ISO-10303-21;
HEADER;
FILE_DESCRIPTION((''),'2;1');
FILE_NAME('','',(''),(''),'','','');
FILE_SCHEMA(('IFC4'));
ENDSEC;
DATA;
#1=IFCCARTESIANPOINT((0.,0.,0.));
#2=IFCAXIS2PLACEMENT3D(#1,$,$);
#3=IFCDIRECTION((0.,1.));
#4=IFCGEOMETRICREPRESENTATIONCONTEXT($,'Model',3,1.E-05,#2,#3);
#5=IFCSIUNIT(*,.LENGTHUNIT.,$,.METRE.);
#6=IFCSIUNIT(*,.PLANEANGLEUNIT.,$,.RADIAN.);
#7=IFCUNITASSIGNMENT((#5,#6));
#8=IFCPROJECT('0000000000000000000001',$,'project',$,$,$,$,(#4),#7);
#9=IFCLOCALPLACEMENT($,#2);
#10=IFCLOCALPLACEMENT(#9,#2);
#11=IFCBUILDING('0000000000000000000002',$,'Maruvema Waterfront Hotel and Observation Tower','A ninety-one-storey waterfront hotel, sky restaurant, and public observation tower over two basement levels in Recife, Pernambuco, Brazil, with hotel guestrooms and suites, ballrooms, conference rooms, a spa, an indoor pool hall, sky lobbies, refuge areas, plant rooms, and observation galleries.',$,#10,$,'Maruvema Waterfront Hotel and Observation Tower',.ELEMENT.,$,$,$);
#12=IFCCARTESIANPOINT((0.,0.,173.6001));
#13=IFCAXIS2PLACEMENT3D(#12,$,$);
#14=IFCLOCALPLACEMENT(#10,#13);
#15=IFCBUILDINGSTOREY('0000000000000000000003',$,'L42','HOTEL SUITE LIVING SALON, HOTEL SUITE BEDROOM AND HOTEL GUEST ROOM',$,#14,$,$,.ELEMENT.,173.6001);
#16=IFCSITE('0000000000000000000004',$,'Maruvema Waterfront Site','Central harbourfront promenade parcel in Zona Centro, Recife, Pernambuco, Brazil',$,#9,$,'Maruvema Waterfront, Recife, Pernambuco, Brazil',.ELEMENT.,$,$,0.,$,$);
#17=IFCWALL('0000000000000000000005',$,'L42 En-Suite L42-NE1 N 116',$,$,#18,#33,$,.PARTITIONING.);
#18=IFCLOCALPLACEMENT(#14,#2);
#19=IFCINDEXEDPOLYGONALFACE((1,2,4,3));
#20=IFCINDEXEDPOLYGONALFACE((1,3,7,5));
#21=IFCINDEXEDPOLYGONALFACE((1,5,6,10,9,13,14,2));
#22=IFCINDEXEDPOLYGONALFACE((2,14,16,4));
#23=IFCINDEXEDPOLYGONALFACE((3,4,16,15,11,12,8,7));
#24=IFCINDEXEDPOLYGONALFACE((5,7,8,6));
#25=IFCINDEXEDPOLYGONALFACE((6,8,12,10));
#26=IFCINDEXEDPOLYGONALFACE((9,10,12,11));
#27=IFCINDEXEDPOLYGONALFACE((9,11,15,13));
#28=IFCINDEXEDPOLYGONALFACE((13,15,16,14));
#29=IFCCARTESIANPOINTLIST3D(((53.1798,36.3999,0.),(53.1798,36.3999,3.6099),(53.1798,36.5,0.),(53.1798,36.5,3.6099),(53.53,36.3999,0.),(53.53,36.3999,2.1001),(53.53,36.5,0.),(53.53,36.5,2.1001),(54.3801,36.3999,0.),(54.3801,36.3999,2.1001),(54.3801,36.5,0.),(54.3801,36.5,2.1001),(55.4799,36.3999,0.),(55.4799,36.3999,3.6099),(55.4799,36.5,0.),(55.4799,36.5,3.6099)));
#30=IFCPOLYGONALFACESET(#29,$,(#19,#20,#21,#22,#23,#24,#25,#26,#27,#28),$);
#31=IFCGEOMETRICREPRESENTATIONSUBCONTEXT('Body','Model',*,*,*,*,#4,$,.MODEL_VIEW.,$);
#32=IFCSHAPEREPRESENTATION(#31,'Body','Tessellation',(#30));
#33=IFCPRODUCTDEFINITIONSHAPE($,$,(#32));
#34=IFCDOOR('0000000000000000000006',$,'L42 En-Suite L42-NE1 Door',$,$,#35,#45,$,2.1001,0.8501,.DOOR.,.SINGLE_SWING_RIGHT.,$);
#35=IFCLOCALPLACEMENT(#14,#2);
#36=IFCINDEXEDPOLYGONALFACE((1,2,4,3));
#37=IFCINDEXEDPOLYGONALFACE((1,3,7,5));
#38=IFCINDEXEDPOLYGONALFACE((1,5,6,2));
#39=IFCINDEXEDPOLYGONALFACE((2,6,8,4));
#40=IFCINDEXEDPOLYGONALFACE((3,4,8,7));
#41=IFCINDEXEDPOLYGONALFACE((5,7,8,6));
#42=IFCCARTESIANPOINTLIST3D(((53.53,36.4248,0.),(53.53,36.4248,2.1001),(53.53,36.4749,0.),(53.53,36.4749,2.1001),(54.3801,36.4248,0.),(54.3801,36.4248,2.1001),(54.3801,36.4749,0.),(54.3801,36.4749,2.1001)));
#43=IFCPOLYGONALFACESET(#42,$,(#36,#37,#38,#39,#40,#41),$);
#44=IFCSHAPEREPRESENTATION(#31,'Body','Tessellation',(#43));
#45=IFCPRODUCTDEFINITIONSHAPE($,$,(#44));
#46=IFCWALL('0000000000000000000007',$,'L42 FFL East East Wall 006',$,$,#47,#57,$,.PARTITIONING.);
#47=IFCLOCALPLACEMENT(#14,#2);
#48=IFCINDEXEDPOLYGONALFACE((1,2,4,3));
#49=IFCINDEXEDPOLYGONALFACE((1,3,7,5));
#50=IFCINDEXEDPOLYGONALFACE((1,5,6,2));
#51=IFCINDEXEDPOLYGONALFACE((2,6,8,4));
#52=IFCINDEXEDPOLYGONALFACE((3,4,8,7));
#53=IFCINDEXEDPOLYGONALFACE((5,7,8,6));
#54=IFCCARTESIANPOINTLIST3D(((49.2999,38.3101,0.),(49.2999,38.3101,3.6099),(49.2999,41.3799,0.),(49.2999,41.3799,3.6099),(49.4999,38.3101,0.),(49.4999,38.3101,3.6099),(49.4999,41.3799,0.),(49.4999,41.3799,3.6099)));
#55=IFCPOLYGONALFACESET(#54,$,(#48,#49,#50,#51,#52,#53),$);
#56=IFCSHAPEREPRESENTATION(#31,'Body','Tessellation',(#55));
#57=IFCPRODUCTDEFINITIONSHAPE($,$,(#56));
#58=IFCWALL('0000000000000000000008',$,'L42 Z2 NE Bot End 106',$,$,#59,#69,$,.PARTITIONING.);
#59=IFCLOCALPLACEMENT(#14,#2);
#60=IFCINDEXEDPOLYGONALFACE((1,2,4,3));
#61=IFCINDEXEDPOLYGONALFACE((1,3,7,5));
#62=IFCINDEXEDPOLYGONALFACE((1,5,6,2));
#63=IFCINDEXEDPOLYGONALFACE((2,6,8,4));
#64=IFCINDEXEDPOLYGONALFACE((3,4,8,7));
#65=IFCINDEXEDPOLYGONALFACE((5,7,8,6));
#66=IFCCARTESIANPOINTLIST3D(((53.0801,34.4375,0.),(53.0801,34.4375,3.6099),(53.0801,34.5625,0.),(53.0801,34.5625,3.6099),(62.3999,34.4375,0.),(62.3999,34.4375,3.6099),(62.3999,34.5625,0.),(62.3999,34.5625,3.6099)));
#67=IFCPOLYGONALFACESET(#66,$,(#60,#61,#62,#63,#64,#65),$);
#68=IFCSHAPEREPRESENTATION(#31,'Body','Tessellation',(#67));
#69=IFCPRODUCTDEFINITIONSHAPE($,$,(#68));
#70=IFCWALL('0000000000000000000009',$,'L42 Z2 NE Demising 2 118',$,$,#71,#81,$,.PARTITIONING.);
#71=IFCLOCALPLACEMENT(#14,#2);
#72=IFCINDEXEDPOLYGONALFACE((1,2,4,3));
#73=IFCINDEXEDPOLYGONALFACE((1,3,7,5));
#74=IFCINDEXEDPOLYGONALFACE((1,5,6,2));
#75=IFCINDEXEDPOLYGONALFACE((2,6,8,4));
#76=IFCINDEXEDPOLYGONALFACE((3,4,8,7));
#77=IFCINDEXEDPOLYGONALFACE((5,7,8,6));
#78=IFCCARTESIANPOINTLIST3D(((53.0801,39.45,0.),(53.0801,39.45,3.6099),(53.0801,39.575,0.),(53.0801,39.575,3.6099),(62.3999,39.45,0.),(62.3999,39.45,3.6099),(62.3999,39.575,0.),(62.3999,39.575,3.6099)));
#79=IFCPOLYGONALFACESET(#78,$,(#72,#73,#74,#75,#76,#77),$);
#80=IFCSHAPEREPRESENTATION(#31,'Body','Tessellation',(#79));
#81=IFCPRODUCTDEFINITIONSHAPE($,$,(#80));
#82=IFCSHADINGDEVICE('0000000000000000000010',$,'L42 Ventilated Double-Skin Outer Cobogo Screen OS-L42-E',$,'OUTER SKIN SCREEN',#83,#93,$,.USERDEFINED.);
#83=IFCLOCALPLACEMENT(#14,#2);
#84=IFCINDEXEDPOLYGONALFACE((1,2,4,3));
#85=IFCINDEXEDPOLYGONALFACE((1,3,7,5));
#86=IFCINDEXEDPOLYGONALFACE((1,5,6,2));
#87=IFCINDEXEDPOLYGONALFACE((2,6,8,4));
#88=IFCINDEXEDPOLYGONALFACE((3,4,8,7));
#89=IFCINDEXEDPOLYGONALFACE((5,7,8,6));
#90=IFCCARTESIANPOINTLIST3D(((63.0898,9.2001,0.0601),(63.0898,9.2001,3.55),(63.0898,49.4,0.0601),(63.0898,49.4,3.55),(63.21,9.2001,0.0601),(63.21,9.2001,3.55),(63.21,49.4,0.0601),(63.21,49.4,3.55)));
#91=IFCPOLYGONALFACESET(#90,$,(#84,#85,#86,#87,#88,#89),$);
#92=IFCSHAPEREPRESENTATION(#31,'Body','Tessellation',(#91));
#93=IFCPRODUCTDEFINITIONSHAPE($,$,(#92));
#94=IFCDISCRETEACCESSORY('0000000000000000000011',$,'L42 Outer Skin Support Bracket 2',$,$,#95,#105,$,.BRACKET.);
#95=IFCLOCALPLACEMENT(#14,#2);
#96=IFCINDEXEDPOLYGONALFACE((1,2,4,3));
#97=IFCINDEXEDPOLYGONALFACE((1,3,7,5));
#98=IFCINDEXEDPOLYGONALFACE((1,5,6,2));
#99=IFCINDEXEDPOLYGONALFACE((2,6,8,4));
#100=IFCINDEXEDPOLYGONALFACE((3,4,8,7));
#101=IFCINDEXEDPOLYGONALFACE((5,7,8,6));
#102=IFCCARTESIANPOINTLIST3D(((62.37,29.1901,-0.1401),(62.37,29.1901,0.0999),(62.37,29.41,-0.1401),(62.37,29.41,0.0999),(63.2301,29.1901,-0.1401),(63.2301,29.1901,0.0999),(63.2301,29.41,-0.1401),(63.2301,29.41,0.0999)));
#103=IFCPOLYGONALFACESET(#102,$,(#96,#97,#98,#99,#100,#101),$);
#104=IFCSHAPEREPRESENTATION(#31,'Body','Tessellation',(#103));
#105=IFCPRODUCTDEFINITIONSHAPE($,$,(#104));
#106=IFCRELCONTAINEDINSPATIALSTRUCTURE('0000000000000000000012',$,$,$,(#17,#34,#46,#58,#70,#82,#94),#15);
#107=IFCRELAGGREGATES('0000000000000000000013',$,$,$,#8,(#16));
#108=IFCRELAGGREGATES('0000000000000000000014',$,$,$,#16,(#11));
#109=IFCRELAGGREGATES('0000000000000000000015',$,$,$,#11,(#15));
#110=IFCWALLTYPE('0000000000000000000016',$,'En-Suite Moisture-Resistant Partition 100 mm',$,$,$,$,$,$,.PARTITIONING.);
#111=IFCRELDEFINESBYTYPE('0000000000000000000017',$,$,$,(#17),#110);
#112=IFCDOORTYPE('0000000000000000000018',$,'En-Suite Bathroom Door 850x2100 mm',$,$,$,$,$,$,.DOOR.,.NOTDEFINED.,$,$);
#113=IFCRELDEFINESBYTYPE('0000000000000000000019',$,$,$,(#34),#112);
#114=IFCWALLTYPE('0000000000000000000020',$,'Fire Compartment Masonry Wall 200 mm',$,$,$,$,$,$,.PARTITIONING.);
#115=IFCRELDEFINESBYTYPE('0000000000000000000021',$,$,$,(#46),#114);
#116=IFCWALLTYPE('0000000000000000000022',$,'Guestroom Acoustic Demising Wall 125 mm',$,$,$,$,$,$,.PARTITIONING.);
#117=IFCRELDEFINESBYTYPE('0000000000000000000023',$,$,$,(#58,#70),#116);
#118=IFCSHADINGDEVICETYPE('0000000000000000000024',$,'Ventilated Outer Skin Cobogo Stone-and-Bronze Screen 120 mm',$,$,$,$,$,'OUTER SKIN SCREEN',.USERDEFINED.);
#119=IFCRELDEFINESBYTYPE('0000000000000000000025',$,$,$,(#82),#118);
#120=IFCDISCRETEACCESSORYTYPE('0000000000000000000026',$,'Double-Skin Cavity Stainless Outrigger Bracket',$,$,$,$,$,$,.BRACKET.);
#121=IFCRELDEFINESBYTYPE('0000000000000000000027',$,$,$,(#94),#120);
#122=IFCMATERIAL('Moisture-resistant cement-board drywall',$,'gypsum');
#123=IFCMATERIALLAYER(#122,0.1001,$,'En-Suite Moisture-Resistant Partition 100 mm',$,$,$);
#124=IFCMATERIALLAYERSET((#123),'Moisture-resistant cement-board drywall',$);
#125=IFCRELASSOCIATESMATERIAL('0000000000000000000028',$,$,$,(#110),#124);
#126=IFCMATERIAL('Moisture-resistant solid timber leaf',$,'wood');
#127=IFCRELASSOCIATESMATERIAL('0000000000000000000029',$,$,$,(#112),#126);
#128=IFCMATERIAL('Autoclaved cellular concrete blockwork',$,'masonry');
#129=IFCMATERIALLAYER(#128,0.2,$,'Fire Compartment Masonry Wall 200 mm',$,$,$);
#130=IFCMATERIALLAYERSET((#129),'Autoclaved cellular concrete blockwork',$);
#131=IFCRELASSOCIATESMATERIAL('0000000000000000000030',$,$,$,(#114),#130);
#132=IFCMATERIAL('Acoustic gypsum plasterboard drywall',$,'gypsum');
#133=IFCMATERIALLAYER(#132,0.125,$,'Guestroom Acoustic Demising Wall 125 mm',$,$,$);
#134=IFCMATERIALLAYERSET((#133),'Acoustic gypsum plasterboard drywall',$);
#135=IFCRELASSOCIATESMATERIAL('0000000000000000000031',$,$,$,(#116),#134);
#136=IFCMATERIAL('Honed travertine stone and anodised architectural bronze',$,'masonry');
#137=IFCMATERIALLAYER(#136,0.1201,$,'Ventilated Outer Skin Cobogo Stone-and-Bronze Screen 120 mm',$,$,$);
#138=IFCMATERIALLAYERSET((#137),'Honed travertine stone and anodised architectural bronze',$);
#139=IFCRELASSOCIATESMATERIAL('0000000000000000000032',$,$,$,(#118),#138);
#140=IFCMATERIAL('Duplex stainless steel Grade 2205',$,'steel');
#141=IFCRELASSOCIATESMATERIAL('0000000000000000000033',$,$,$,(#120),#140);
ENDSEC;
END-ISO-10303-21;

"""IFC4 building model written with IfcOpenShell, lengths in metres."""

from ifc_helpers import new_model, si_unit, direction, frame, frame_2d, origin, origin_2d, place, context, subcontext, project, spatial, rectangle, extrude, material, layer, layer_set, type_object, element, fill, save


model = new_model("IFC4")

# Units and contexts
model_context = context("Model", 3, precision=1e-05, world=origin(), true_north=direction((0.0, 1.0)))
body_context = subcontext(model_context, "Body", "Model", "MODEL_VIEW")
ifc_project = project(units=[si_unit("LENGTHUNIT", "METRE"), si_unit("PLANEANGLEUNIT", "RADIAN")], contexts=[model_context])

# Site, building, storey
site_placement = place(None, origin())
site = spatial("IfcSite", under=ifc_project, at=site_placement, Name="Maruvema Waterfront Site", Description="Central harbourfront promenade parcel in Zona Centro, Recife, Pernambuco, Brazil", LongName="Maruvema Waterfront, Recife, Pernambuco, Brazil", CompositionType="ELEMENT", RefElevation=0.0)
building_placement = place(site_placement, origin())
building = spatial("IfcBuilding", under=site, at=building_placement, Name="Maruvema Waterfront Hotel and Observation Tower", Description="A ninety-one-storey waterfront hotel, sky restaurant, and public observation tower over two basement levels in Recife, Pernambuco, Brazil, with hotel guestrooms and suites, ballrooms, conference rooms, a spa, an indoor pool hall, sky lobbies, refuge areas, plant rooms, and observation galleries.", LongName="Maruvema Waterfront Hotel and Observation Tower", CompositionType="ELEMENT")
storey_placement = place(building_placement, frame((0.0, 0.0, 173.6001)))
storey = spatial("IfcBuildingStorey", under=building, at=storey_placement, Name="L42", Description="HOTEL SUITE LIVING SALON, HOTEL SUITE BEDROOM AND HOTEL GUEST ROOM", CompositionType="ELEMENT", Elevation=173.6001)

# Shared definitions
ifc_material_1 = material(Name="Moisture-resistant cement-board drywall", Category="gypsum")
ifc_layer_1 = layer(ifc_material_1, 0.1001, Name="En-Suite Moisture-Resistant Partition 100 mm")
ifc_layer_set_1 = layer_set([ifc_layer_1], Name="Moisture-resistant cement-board drywall")
wall_type_1 = type_object("IfcWallType", Name="En-Suite Moisture-Resistant Partition 100 mm", PredefinedType="PARTITIONING", material=ifc_layer_set_1)

# Wall, opening, door
wall_1_placement = place(storey_placement, frame((53.1799, 36.45, 0.0), z_axis=(0.0, 0.0, 1.0), x_axis=(1.0, 0.0, 0.0)))
wall_1 = element("IfcWall", 1, at=wall_1_placement, inside=storey, type_object=wall_type_1, Name="L42 En-Suite L42-NE1 N 116", PredefinedType="PARTITIONING", context=body_context, shape_type="SweptSolid", body=[
    extrude(rectangle(XDim=2.3, YDim=0.1001, at=frame_2d((1.1499, 0.0))), origin(), (0.0, 0.0, 1.0), 3.6099),
])
opening_1_placement = place(wall_1_placement, frame((0.3501, 0.0, 0.0)))
opening_1 = element("IfcOpeningElement", 2, at=opening_1_placement, cuts=wall_1, PredefinedType="OPENING", context=body_context, shape_type="SweptSolid", body=[
    extrude(rectangle(XDim=0.8501, YDim=2.1001, at=frame_2d((0.425, 1.05))), frame((0.0, 0.0601, 0.0), z_axis=(0.0, -1.0, 0.0), x_axis=(1.0, 0.0, 0.0)), (0.0, 0.0, 1.0), 0.1201),
])
ifc_material_2 = material(Name="Moisture-resistant solid timber leaf", Category="wood")
door_type_1 = type_object("IfcDoorType", Name="En-Suite Bathroom Door 850x2100 mm", OperationType="NOTDEFINED", PredefinedType="DOOR", material=ifc_material_2)
door_1_placement = place(opening_1_placement, origin())
door_1 = element("IfcDoor", 3, at=door_1_placement, inside=storey, type_object=door_type_1, Name="L42 En-Suite L42-NE1 Door", OperationType="SINGLE_SWING_RIGHT", OverallHeight=2.1001, OverallWidth=0.8501, PredefinedType="DOOR", context=body_context, shape_type="SweptSolid", body=[
    extrude(rectangle(XDim=0.8501, YDim=2.1001, at=frame_2d((0.425, 1.05))), frame((0.0, 0.0249, 0.0), z_axis=(0.0, -1.0, 0.0), x_axis=(1.0, 0.0, 0.0)), (0.0, 0.0, 1.0), 0.05),
])
fill(opening_1, door_1)

# Walls
ifc_material_3 = material(Name="Autoclaved cellular concrete blockwork", Category="masonry")
ifc_layer_2 = layer(ifc_material_3, 0.2, Name="Fire Compartment Masonry Wall 200 mm")
ifc_layer_set_2 = layer_set([ifc_layer_2], Name="Autoclaved cellular concrete blockwork")
wall_type_2 = type_object("IfcWallType", Name="Fire Compartment Masonry Wall 200 mm", PredefinedType="PARTITIONING", material=ifc_layer_set_2)
wall_2_placement = place(storey_placement, frame((49.3999, 38.3101, 0.0), z_axis=(0.0, 0.0, 1.0), x_axis=(0.0, 1.0, 0.0)))
element("IfcWall", 4, at=wall_2_placement, inside=storey, type_object=wall_type_2, Name="L42 FFL East East Wall 006", PredefinedType="PARTITIONING", context=body_context, shape_type="SweptSolid", body=[
    extrude(rectangle(XDim=3.0698, YDim=0.2, at=frame_2d((1.5349, 0.0))), origin(), (0.0, 0.0, 1.0), 3.6099),
])
ifc_material_4 = material(Name="Acoustic gypsum plasterboard drywall", Category="gypsum")
ifc_layer_3 = layer(ifc_material_4, 0.125, Name="Guestroom Acoustic Demising Wall 125 mm")
ifc_layer_set_3 = layer_set([ifc_layer_3], Name="Acoustic gypsum plasterboard drywall")
wall_type_3 = type_object("IfcWallType", Name="Guestroom Acoustic Demising Wall 125 mm", PredefinedType="PARTITIONING", material=ifc_layer_set_3)
for number, where, z_axis, x_axis, name in (
    (5, (53.0801, 34.5, 0.0), (0.0, 0.0, 1.0), (1.0, 0.0, 0.0), "L42 Z2 NE Bot End 106"),
    (6, (53.0801, 39.5125, 0.0), (0.0, 0.0, 1.0), (1.0, 0.0, 0.0), "L42 Z2 NE Demising 2 118"),
):
    element("IfcWall", number, at=place(storey_placement, frame(where, z_axis=z_axis, x_axis=x_axis)), inside=storey, type_object=wall_type_3, Name=name, PredefinedType="PARTITIONING", context=body_context, shape_type="SweptSolid", body=[
        extrude(rectangle(XDim=9.3198, YDim=0.125, at=frame_2d((4.6599, 0.0))), origin(), (0.0, 0.0, 1.0), 3.6099),
    ])

# Shading device
ifc_material_5 = material(Name="Honed travertine stone and anodised architectural bronze", Category="masonry")
ifc_layer_4 = layer(ifc_material_5, 0.1201, Name="Ventilated Outer Skin Cobogo Stone-and-Bronze Screen 120 mm")
ifc_layer_set_4 = layer_set([ifc_layer_4], Name="Honed travertine stone and anodised architectural bronze")
shading_device_type = type_object("IfcShadingDeviceType", Name="Ventilated Outer Skin Cobogo Stone-and-Bronze Screen 120 mm", ElementType="OUTER SKIN SCREEN", PredefinedType="USERDEFINED", material=ifc_layer_set_4)
shading_device_placement = place(storey_placement, frame((63.1499, 29.3, 0.0601), z_axis=(0.0, 0.0, 1.0), x_axis=(0.0, 1.0, 0.0)))
element("IfcShadingDevice", 7, at=shading_device_placement, inside=storey, type_object=shading_device_type, Name="L42 Ventilated Double-Skin Outer Cobogo Screen OS-L42-E", ObjectType="OUTER SKIN SCREEN", PredefinedType="USERDEFINED", context=body_context, shape_type="SweptSolid", body=[
    extrude(rectangle(XDim=40.2, YDim=0.1201, at=origin_2d()), origin(), (0.0, 0.0, 1.0), 3.49),
])

# Discrete accessory
ifc_material_6 = material(Name="Duplex stainless steel Grade 2205", Category="steel")
discrete_accessory_type = type_object("IfcDiscreteAccessoryType", Name="Double-Skin Cavity Stainless Outrigger Bracket", PredefinedType="BRACKET", material=ifc_material_6)
discrete_accessory_placement = place(storey_placement, frame((62.8, 29.3, -0.1401), z_axis=(0.0, 0.0, 1.0), x_axis=(0.0, 1.0, 0.0)))
element("IfcDiscreteAccessory", 8, at=discrete_accessory_placement, inside=storey, type_object=discrete_accessory_type, Name="L42 Outer Skin Support Bracket 2", PredefinedType="BRACKET", context=body_context, shape_type="SweptSolid", body=[
    extrude(rectangle(XDim=0.22, YDim=0.8601, at=origin_2d()), origin(), (0.0, 0.0, 1.0), 0.24),
])

save(model, "model.ifc")
